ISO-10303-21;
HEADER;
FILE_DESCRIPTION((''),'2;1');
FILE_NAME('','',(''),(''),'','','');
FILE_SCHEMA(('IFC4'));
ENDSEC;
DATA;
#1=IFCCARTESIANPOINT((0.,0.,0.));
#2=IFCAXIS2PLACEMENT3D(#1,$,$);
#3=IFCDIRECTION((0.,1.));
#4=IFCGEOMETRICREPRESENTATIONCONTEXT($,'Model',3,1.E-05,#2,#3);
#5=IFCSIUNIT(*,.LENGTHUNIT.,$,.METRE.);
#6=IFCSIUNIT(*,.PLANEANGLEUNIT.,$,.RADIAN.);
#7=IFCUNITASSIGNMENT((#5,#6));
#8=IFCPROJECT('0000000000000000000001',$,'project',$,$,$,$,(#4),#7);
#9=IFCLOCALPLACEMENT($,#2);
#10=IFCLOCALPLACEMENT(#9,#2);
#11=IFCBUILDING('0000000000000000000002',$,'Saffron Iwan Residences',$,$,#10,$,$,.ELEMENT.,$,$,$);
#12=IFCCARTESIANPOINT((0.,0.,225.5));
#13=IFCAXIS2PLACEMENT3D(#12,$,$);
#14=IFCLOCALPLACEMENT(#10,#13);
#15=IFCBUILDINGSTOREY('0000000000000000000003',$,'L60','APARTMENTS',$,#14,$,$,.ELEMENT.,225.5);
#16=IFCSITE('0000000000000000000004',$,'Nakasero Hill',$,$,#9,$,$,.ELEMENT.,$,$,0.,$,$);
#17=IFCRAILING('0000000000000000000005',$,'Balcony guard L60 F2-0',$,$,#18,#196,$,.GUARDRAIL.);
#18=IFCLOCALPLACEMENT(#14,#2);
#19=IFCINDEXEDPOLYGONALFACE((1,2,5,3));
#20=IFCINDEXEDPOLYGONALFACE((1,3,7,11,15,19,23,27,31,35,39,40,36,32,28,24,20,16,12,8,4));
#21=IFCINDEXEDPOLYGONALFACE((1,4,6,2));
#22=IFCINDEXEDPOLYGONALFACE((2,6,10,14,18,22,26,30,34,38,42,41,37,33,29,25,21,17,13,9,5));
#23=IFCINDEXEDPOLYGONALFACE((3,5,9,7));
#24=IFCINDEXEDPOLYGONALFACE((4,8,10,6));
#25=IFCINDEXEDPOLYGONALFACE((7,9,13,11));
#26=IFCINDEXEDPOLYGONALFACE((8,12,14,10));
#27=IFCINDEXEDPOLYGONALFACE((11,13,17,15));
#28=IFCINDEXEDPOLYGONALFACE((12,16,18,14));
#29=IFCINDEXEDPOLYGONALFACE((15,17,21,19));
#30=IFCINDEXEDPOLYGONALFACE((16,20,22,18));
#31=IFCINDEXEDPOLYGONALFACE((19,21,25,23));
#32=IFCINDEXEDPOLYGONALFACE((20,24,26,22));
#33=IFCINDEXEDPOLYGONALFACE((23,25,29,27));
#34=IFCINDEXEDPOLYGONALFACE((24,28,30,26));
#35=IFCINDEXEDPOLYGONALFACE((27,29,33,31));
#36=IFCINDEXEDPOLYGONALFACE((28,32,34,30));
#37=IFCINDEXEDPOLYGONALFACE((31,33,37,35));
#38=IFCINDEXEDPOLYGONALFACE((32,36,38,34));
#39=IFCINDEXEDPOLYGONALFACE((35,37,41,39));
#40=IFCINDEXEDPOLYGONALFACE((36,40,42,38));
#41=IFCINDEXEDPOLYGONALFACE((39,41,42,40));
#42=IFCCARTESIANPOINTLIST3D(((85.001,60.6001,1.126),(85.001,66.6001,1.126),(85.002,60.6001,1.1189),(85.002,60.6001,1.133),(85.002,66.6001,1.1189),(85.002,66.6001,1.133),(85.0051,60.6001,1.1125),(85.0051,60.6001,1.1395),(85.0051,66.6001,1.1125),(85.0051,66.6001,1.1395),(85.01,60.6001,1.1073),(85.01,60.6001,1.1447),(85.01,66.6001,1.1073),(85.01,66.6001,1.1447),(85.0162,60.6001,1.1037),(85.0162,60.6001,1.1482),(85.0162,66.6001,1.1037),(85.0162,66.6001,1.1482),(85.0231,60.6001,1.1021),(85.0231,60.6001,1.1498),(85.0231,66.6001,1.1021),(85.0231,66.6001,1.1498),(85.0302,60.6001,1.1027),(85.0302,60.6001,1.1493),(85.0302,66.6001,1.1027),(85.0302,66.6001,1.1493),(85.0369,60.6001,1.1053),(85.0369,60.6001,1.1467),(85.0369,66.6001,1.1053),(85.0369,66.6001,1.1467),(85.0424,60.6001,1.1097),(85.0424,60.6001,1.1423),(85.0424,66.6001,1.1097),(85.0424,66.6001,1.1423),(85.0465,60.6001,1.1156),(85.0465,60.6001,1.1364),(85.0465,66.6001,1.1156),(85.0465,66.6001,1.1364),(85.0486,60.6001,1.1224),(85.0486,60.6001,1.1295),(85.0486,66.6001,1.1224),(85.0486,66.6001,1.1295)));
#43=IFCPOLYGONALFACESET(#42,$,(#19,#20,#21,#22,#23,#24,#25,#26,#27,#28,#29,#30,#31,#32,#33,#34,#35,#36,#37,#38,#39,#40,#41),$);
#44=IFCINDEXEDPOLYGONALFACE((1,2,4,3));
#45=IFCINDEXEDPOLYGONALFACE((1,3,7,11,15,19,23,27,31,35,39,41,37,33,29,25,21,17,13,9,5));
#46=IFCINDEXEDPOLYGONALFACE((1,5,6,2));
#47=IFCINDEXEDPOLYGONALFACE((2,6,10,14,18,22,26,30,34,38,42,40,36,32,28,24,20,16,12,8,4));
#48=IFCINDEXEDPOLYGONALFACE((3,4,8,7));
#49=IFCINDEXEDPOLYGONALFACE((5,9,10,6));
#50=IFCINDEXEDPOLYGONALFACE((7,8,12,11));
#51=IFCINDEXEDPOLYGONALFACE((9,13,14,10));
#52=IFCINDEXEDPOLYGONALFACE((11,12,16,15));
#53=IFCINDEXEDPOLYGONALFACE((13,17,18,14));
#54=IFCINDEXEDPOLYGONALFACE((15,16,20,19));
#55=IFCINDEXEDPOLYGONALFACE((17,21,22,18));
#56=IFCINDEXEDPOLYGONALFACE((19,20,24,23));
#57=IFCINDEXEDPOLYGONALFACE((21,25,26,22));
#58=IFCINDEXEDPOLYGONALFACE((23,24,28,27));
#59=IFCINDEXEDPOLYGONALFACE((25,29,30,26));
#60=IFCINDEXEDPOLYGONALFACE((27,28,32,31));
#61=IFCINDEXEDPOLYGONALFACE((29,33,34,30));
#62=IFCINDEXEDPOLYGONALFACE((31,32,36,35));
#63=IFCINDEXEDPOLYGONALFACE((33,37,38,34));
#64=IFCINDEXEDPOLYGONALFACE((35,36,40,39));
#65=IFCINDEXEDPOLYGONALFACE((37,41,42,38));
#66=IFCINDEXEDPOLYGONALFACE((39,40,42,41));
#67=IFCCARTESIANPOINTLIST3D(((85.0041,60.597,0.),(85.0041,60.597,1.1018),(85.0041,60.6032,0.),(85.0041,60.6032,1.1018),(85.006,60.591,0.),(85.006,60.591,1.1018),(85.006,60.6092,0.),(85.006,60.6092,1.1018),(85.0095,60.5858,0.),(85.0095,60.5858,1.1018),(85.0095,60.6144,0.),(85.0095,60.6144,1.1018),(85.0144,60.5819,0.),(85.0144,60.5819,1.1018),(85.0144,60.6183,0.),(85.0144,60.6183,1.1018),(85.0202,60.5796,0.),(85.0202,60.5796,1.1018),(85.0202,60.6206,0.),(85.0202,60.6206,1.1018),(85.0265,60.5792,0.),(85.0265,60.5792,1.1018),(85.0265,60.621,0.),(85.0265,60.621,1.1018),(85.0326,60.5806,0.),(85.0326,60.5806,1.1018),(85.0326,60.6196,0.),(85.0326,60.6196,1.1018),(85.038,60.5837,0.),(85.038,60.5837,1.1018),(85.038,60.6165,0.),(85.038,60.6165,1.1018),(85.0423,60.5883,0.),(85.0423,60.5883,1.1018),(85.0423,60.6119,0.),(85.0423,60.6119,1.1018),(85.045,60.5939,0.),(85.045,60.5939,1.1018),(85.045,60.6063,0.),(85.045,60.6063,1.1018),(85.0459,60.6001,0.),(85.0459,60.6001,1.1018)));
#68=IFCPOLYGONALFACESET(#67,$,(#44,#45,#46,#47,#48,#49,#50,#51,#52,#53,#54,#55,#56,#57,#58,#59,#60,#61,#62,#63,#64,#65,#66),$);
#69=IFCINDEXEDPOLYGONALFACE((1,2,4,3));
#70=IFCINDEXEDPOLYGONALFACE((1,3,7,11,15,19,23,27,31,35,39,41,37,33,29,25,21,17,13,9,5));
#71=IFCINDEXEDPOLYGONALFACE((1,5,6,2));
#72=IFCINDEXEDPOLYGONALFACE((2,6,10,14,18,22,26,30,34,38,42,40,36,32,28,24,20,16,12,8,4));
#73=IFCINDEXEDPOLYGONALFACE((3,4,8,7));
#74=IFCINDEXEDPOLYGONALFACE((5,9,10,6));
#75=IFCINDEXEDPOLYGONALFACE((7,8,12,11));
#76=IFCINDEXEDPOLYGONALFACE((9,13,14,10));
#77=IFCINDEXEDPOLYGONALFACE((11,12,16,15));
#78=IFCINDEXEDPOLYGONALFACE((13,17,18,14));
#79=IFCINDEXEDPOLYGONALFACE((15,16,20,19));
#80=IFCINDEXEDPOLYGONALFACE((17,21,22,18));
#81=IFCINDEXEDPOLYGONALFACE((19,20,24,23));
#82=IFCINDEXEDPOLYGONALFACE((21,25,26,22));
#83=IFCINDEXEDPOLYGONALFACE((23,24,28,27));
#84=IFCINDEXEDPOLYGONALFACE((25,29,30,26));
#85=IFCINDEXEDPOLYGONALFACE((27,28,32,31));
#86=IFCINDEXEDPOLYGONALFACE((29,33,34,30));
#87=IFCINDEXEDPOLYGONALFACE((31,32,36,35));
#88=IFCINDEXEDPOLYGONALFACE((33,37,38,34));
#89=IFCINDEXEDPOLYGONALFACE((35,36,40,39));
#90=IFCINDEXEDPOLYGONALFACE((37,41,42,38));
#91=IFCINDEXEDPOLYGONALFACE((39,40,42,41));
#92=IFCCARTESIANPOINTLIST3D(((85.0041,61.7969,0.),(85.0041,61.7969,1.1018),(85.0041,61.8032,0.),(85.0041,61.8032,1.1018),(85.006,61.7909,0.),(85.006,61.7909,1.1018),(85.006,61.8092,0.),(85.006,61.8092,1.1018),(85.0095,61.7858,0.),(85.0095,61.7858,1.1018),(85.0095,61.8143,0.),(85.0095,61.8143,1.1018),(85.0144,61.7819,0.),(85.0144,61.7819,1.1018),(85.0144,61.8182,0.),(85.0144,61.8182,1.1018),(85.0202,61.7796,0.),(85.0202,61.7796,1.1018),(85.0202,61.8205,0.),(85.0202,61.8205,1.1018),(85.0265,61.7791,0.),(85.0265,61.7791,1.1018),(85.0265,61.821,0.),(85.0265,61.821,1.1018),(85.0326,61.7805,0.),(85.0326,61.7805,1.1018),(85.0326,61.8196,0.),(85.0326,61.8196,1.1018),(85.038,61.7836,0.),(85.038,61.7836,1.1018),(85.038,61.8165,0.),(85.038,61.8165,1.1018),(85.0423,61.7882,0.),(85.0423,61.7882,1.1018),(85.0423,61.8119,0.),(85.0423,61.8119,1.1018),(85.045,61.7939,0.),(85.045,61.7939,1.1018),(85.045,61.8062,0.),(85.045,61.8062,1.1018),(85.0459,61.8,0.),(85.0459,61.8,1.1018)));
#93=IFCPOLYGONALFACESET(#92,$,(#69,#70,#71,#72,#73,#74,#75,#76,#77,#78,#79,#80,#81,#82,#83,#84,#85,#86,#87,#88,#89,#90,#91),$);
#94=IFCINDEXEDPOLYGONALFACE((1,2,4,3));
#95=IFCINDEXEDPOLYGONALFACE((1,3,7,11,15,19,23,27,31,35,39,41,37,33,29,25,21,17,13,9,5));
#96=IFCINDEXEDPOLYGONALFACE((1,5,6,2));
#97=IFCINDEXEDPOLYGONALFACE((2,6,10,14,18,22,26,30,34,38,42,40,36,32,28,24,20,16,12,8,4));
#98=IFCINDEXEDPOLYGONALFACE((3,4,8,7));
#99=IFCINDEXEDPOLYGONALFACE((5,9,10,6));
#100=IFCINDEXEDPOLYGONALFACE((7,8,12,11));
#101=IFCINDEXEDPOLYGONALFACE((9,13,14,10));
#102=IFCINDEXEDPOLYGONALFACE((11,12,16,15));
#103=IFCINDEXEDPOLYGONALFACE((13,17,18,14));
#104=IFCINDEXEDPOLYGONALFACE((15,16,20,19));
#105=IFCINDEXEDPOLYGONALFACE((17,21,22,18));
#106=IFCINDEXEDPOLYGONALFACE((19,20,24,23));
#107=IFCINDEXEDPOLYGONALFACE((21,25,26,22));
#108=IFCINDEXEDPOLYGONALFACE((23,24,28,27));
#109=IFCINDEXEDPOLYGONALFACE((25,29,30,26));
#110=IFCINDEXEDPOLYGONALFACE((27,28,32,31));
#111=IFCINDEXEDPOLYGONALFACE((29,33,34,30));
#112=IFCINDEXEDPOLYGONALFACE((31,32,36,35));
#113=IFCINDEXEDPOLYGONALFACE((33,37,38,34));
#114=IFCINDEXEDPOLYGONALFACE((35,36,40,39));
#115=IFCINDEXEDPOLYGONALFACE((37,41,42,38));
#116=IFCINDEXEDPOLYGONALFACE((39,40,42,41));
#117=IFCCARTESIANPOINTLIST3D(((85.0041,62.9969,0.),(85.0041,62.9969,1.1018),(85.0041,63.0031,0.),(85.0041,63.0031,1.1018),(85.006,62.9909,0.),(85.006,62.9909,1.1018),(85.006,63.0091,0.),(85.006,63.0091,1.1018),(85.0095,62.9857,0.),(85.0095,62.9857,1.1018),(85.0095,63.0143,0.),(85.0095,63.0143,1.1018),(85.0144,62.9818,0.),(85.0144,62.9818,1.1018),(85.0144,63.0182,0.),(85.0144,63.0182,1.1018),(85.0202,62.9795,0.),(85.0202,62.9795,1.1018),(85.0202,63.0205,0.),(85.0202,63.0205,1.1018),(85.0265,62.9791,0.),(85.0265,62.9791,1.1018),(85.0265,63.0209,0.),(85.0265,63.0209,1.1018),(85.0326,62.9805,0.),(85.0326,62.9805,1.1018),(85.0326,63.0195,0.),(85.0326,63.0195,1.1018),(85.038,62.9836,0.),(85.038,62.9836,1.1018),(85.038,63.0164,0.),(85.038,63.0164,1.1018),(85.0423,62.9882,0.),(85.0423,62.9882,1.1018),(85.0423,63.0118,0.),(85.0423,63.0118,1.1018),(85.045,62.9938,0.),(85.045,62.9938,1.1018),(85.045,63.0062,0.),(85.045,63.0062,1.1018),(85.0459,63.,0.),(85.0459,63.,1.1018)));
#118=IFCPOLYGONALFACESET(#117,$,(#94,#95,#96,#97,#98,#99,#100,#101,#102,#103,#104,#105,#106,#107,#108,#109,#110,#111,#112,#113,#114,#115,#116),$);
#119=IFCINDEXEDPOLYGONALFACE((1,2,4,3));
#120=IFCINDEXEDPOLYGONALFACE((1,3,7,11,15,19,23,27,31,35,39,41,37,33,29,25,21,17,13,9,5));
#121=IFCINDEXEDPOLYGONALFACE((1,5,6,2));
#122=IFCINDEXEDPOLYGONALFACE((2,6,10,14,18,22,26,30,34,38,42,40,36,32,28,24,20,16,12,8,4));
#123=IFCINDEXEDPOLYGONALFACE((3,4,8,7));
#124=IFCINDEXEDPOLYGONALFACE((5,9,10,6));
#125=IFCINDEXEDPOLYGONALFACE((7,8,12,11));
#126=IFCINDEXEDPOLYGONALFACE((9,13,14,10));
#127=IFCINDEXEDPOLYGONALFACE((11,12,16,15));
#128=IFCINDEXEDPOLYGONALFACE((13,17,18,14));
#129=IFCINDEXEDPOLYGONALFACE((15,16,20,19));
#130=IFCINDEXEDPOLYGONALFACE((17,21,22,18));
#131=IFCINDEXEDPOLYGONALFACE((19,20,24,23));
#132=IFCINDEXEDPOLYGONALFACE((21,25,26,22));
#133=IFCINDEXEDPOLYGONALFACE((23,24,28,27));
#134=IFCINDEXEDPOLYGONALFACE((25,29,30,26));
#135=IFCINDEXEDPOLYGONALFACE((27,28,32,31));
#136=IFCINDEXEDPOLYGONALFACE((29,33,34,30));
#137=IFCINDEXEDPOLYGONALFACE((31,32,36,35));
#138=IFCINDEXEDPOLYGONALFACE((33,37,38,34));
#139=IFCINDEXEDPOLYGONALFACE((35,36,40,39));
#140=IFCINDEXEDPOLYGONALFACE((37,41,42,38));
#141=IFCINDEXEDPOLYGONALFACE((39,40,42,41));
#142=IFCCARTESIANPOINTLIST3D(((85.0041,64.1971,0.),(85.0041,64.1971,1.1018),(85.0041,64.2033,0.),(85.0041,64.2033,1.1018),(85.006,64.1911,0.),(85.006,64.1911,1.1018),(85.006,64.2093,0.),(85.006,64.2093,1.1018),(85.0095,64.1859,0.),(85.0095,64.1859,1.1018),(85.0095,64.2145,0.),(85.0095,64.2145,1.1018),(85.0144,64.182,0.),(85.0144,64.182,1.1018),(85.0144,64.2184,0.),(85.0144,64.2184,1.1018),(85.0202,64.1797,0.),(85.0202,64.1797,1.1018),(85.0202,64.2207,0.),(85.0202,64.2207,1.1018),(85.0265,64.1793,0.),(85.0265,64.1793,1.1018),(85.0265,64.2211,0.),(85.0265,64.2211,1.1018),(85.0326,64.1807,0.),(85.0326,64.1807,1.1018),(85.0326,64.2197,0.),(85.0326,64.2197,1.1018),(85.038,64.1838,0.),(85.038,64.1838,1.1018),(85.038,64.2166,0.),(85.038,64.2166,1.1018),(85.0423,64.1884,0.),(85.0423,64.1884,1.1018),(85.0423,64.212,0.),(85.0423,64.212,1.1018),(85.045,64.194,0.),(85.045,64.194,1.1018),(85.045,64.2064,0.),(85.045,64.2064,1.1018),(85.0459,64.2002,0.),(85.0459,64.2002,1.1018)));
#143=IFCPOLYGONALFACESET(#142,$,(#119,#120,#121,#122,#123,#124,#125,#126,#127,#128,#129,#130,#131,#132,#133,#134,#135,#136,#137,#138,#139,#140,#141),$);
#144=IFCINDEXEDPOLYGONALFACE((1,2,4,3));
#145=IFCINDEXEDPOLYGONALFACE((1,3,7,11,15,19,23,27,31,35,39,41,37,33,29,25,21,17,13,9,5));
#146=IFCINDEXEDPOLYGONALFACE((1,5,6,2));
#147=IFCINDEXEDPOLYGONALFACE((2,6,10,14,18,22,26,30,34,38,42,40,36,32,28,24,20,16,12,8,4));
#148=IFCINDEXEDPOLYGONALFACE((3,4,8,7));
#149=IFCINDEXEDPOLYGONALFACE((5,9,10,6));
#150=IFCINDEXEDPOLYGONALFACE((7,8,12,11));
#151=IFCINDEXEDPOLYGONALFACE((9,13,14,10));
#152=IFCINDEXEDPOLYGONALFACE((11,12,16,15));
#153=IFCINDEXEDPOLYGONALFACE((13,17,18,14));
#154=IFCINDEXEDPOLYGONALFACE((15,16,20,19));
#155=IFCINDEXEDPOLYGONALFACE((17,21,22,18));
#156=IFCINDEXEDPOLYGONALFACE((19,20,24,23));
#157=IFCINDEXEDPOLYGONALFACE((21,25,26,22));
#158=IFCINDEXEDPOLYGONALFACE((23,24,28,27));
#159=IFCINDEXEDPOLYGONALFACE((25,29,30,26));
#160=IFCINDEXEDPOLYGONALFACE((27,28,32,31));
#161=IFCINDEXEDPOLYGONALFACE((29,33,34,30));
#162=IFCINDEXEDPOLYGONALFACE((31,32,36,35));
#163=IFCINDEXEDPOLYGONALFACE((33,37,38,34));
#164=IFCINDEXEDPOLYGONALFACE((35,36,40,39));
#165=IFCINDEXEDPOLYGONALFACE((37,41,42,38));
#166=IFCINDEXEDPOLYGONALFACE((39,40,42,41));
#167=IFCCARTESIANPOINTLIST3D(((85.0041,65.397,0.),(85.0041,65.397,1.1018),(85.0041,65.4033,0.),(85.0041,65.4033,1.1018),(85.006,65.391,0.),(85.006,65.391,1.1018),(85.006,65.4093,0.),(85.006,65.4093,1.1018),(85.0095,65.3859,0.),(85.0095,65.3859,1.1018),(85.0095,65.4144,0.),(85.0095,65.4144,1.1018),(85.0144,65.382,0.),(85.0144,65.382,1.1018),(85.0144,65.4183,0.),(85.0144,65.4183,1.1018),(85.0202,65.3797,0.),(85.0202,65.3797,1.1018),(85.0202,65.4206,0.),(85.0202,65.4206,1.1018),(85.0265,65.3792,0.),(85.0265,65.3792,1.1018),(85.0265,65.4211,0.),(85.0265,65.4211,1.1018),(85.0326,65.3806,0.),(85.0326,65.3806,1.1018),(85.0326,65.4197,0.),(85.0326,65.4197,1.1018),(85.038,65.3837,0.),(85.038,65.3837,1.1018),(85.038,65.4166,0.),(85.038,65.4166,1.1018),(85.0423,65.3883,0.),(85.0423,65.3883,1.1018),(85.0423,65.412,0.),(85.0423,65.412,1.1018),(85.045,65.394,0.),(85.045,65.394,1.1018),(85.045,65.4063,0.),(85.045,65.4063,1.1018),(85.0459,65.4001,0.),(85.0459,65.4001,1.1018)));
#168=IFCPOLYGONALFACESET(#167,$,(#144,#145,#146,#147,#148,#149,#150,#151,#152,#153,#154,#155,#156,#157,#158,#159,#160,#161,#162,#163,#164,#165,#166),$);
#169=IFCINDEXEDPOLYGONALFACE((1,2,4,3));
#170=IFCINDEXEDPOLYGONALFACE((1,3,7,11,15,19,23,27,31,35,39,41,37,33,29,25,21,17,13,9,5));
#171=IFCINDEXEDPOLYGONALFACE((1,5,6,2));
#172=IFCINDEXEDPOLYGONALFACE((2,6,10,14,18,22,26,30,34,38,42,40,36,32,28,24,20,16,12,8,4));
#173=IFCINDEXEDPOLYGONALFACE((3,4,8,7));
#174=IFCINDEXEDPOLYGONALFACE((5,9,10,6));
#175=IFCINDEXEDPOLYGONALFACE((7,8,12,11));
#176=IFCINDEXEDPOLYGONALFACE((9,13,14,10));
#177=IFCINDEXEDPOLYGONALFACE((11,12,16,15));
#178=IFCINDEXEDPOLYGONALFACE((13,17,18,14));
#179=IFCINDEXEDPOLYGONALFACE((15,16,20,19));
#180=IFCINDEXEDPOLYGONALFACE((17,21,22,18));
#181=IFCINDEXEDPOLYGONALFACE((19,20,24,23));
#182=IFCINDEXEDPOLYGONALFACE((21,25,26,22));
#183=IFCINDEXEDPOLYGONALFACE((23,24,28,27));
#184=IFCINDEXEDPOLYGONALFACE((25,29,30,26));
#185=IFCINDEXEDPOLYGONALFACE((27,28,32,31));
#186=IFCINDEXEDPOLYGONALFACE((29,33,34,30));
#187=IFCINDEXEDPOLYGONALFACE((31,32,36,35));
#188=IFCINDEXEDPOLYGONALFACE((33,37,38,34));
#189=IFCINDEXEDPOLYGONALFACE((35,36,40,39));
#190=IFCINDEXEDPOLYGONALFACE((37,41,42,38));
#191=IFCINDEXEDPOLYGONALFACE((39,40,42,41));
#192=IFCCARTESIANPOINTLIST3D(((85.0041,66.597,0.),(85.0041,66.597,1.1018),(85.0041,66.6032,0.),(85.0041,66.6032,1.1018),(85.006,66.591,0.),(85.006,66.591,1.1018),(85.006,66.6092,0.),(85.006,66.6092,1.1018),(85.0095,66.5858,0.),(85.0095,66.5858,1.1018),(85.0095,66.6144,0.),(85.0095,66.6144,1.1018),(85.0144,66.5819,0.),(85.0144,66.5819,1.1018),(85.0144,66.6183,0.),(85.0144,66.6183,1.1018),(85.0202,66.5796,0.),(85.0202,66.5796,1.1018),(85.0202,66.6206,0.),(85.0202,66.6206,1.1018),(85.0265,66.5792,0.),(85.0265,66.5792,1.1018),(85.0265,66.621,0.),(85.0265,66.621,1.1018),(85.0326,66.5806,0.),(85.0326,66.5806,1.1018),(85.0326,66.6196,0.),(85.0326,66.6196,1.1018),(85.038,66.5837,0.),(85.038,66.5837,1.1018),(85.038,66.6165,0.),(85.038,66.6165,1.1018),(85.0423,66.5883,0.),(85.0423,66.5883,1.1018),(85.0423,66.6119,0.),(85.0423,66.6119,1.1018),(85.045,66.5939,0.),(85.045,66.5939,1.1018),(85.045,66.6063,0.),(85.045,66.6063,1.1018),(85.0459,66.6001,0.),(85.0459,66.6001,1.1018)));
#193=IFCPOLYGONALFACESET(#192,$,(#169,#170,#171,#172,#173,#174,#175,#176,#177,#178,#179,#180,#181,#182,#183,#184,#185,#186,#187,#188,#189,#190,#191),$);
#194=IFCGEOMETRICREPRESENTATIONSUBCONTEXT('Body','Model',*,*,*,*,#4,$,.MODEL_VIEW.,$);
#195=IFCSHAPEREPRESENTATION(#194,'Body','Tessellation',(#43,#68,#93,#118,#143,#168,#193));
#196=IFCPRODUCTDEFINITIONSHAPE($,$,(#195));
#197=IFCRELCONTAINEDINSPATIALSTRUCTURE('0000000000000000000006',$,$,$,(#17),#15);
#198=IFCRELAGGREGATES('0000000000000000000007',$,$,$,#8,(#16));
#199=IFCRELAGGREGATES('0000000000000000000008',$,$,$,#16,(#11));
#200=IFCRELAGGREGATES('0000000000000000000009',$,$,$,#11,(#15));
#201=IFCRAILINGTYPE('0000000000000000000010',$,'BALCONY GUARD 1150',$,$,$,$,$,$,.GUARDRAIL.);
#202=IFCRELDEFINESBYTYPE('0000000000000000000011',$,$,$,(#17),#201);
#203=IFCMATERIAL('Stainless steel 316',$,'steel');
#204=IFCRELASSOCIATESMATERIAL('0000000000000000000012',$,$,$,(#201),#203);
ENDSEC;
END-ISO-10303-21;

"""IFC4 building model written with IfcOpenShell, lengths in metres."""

from ifc_helpers import new_model, si_unit, direction, frame, origin, origin_2d, place, context, subcontext, project, spatial, circle, extrude, material, type_object, element, save


model = new_model("IFC4")

# Units and contexts
model_context = context("Model", 3, precision=1e-05, world=origin(), true_north=direction((0.0, 1.0)))
body_context = subcontext(model_context, "Body", "Model", "MODEL_VIEW")
ifc_project = project(units=[si_unit("LENGTHUNIT", "METRE"), si_unit("PLANEANGLEUNIT", "RADIAN")], contexts=[model_context])

# Site, building, storey
site_placement = place(None, origin())
site = spatial("IfcSite", under=ifc_project, at=site_placement, Name="Nakasero Hill", CompositionType="ELEMENT", RefElevation=0.0)
building_placement = place(site_placement, origin())
building = spatial("IfcBuilding", under=site, at=building_placement, Name="Saffron Iwan Residences", CompositionType="ELEMENT")
storey_placement = place(building_placement, frame((0.0, 0.0, 225.5)))
storey = spatial("IfcBuildingStorey", under=building, at=storey_placement, Name="L60", Description="APARTMENTS", CompositionType="ELEMENT", Elevation=225.5)

# Railing
ifc_material_1 = material(Name="Stainless steel 316", Category="steel")
railing_type_1 = type_object("IfcRailingType", Name="BALCONY GUARD 1150", PredefinedType="GUARDRAIL", material=ifc_material_1)
railing_1_placement = place(storey_placement, frame((85.0249, 60.6001, 0.0)))
element("IfcRailing", 1, at=railing_1_placement, inside=storey, type_object=railing_type_1, Name="Balcony guard L60 F2-0", PredefinedType="GUARDRAIL", context=body_context, shape_type="SweptSolid", body=[
    extrude(circle(Radius=0.0239, at=origin_2d()), frame((0.0, 0.0, 1.126), z_axis=(0.0, 1.0, 0.0), x_axis=(-1.0, 0.0, 0.0)), (0.0, 0.0, 1.0), 6.0),
    extrude(circle(Radius=0.021, at=origin_2d()), origin(), (0.0, 0.0, 1.0), 1.1018),
    extrude(circle(Radius=0.021, at=origin_2d()), frame((0.0, 1.2, 0.0)), (0.0, 0.0, 1.0), 1.1018),
    extrude(circle(Radius=0.021, at=origin_2d()), frame((0.0, 2.3999, 0.0)), (0.0, 0.0, 1.0), 1.1018),
    extrude(circle(Radius=0.021, at=origin_2d()), frame((0.0, 3.6001, 0.0)), (0.0, 0.0, 1.0), 1.1018),
    extrude(circle(Radius=0.021, at=origin_2d()), frame((0.0, 4.8, 0.0)), (0.0, 0.0, 1.0), 1.1018),
    extrude(circle(Radius=0.021, at=origin_2d()), frame((0.0, 6.0, 0.0)), (0.0, 0.0, 1.0), 1.1018),
])

save(model, "model.ifc")
